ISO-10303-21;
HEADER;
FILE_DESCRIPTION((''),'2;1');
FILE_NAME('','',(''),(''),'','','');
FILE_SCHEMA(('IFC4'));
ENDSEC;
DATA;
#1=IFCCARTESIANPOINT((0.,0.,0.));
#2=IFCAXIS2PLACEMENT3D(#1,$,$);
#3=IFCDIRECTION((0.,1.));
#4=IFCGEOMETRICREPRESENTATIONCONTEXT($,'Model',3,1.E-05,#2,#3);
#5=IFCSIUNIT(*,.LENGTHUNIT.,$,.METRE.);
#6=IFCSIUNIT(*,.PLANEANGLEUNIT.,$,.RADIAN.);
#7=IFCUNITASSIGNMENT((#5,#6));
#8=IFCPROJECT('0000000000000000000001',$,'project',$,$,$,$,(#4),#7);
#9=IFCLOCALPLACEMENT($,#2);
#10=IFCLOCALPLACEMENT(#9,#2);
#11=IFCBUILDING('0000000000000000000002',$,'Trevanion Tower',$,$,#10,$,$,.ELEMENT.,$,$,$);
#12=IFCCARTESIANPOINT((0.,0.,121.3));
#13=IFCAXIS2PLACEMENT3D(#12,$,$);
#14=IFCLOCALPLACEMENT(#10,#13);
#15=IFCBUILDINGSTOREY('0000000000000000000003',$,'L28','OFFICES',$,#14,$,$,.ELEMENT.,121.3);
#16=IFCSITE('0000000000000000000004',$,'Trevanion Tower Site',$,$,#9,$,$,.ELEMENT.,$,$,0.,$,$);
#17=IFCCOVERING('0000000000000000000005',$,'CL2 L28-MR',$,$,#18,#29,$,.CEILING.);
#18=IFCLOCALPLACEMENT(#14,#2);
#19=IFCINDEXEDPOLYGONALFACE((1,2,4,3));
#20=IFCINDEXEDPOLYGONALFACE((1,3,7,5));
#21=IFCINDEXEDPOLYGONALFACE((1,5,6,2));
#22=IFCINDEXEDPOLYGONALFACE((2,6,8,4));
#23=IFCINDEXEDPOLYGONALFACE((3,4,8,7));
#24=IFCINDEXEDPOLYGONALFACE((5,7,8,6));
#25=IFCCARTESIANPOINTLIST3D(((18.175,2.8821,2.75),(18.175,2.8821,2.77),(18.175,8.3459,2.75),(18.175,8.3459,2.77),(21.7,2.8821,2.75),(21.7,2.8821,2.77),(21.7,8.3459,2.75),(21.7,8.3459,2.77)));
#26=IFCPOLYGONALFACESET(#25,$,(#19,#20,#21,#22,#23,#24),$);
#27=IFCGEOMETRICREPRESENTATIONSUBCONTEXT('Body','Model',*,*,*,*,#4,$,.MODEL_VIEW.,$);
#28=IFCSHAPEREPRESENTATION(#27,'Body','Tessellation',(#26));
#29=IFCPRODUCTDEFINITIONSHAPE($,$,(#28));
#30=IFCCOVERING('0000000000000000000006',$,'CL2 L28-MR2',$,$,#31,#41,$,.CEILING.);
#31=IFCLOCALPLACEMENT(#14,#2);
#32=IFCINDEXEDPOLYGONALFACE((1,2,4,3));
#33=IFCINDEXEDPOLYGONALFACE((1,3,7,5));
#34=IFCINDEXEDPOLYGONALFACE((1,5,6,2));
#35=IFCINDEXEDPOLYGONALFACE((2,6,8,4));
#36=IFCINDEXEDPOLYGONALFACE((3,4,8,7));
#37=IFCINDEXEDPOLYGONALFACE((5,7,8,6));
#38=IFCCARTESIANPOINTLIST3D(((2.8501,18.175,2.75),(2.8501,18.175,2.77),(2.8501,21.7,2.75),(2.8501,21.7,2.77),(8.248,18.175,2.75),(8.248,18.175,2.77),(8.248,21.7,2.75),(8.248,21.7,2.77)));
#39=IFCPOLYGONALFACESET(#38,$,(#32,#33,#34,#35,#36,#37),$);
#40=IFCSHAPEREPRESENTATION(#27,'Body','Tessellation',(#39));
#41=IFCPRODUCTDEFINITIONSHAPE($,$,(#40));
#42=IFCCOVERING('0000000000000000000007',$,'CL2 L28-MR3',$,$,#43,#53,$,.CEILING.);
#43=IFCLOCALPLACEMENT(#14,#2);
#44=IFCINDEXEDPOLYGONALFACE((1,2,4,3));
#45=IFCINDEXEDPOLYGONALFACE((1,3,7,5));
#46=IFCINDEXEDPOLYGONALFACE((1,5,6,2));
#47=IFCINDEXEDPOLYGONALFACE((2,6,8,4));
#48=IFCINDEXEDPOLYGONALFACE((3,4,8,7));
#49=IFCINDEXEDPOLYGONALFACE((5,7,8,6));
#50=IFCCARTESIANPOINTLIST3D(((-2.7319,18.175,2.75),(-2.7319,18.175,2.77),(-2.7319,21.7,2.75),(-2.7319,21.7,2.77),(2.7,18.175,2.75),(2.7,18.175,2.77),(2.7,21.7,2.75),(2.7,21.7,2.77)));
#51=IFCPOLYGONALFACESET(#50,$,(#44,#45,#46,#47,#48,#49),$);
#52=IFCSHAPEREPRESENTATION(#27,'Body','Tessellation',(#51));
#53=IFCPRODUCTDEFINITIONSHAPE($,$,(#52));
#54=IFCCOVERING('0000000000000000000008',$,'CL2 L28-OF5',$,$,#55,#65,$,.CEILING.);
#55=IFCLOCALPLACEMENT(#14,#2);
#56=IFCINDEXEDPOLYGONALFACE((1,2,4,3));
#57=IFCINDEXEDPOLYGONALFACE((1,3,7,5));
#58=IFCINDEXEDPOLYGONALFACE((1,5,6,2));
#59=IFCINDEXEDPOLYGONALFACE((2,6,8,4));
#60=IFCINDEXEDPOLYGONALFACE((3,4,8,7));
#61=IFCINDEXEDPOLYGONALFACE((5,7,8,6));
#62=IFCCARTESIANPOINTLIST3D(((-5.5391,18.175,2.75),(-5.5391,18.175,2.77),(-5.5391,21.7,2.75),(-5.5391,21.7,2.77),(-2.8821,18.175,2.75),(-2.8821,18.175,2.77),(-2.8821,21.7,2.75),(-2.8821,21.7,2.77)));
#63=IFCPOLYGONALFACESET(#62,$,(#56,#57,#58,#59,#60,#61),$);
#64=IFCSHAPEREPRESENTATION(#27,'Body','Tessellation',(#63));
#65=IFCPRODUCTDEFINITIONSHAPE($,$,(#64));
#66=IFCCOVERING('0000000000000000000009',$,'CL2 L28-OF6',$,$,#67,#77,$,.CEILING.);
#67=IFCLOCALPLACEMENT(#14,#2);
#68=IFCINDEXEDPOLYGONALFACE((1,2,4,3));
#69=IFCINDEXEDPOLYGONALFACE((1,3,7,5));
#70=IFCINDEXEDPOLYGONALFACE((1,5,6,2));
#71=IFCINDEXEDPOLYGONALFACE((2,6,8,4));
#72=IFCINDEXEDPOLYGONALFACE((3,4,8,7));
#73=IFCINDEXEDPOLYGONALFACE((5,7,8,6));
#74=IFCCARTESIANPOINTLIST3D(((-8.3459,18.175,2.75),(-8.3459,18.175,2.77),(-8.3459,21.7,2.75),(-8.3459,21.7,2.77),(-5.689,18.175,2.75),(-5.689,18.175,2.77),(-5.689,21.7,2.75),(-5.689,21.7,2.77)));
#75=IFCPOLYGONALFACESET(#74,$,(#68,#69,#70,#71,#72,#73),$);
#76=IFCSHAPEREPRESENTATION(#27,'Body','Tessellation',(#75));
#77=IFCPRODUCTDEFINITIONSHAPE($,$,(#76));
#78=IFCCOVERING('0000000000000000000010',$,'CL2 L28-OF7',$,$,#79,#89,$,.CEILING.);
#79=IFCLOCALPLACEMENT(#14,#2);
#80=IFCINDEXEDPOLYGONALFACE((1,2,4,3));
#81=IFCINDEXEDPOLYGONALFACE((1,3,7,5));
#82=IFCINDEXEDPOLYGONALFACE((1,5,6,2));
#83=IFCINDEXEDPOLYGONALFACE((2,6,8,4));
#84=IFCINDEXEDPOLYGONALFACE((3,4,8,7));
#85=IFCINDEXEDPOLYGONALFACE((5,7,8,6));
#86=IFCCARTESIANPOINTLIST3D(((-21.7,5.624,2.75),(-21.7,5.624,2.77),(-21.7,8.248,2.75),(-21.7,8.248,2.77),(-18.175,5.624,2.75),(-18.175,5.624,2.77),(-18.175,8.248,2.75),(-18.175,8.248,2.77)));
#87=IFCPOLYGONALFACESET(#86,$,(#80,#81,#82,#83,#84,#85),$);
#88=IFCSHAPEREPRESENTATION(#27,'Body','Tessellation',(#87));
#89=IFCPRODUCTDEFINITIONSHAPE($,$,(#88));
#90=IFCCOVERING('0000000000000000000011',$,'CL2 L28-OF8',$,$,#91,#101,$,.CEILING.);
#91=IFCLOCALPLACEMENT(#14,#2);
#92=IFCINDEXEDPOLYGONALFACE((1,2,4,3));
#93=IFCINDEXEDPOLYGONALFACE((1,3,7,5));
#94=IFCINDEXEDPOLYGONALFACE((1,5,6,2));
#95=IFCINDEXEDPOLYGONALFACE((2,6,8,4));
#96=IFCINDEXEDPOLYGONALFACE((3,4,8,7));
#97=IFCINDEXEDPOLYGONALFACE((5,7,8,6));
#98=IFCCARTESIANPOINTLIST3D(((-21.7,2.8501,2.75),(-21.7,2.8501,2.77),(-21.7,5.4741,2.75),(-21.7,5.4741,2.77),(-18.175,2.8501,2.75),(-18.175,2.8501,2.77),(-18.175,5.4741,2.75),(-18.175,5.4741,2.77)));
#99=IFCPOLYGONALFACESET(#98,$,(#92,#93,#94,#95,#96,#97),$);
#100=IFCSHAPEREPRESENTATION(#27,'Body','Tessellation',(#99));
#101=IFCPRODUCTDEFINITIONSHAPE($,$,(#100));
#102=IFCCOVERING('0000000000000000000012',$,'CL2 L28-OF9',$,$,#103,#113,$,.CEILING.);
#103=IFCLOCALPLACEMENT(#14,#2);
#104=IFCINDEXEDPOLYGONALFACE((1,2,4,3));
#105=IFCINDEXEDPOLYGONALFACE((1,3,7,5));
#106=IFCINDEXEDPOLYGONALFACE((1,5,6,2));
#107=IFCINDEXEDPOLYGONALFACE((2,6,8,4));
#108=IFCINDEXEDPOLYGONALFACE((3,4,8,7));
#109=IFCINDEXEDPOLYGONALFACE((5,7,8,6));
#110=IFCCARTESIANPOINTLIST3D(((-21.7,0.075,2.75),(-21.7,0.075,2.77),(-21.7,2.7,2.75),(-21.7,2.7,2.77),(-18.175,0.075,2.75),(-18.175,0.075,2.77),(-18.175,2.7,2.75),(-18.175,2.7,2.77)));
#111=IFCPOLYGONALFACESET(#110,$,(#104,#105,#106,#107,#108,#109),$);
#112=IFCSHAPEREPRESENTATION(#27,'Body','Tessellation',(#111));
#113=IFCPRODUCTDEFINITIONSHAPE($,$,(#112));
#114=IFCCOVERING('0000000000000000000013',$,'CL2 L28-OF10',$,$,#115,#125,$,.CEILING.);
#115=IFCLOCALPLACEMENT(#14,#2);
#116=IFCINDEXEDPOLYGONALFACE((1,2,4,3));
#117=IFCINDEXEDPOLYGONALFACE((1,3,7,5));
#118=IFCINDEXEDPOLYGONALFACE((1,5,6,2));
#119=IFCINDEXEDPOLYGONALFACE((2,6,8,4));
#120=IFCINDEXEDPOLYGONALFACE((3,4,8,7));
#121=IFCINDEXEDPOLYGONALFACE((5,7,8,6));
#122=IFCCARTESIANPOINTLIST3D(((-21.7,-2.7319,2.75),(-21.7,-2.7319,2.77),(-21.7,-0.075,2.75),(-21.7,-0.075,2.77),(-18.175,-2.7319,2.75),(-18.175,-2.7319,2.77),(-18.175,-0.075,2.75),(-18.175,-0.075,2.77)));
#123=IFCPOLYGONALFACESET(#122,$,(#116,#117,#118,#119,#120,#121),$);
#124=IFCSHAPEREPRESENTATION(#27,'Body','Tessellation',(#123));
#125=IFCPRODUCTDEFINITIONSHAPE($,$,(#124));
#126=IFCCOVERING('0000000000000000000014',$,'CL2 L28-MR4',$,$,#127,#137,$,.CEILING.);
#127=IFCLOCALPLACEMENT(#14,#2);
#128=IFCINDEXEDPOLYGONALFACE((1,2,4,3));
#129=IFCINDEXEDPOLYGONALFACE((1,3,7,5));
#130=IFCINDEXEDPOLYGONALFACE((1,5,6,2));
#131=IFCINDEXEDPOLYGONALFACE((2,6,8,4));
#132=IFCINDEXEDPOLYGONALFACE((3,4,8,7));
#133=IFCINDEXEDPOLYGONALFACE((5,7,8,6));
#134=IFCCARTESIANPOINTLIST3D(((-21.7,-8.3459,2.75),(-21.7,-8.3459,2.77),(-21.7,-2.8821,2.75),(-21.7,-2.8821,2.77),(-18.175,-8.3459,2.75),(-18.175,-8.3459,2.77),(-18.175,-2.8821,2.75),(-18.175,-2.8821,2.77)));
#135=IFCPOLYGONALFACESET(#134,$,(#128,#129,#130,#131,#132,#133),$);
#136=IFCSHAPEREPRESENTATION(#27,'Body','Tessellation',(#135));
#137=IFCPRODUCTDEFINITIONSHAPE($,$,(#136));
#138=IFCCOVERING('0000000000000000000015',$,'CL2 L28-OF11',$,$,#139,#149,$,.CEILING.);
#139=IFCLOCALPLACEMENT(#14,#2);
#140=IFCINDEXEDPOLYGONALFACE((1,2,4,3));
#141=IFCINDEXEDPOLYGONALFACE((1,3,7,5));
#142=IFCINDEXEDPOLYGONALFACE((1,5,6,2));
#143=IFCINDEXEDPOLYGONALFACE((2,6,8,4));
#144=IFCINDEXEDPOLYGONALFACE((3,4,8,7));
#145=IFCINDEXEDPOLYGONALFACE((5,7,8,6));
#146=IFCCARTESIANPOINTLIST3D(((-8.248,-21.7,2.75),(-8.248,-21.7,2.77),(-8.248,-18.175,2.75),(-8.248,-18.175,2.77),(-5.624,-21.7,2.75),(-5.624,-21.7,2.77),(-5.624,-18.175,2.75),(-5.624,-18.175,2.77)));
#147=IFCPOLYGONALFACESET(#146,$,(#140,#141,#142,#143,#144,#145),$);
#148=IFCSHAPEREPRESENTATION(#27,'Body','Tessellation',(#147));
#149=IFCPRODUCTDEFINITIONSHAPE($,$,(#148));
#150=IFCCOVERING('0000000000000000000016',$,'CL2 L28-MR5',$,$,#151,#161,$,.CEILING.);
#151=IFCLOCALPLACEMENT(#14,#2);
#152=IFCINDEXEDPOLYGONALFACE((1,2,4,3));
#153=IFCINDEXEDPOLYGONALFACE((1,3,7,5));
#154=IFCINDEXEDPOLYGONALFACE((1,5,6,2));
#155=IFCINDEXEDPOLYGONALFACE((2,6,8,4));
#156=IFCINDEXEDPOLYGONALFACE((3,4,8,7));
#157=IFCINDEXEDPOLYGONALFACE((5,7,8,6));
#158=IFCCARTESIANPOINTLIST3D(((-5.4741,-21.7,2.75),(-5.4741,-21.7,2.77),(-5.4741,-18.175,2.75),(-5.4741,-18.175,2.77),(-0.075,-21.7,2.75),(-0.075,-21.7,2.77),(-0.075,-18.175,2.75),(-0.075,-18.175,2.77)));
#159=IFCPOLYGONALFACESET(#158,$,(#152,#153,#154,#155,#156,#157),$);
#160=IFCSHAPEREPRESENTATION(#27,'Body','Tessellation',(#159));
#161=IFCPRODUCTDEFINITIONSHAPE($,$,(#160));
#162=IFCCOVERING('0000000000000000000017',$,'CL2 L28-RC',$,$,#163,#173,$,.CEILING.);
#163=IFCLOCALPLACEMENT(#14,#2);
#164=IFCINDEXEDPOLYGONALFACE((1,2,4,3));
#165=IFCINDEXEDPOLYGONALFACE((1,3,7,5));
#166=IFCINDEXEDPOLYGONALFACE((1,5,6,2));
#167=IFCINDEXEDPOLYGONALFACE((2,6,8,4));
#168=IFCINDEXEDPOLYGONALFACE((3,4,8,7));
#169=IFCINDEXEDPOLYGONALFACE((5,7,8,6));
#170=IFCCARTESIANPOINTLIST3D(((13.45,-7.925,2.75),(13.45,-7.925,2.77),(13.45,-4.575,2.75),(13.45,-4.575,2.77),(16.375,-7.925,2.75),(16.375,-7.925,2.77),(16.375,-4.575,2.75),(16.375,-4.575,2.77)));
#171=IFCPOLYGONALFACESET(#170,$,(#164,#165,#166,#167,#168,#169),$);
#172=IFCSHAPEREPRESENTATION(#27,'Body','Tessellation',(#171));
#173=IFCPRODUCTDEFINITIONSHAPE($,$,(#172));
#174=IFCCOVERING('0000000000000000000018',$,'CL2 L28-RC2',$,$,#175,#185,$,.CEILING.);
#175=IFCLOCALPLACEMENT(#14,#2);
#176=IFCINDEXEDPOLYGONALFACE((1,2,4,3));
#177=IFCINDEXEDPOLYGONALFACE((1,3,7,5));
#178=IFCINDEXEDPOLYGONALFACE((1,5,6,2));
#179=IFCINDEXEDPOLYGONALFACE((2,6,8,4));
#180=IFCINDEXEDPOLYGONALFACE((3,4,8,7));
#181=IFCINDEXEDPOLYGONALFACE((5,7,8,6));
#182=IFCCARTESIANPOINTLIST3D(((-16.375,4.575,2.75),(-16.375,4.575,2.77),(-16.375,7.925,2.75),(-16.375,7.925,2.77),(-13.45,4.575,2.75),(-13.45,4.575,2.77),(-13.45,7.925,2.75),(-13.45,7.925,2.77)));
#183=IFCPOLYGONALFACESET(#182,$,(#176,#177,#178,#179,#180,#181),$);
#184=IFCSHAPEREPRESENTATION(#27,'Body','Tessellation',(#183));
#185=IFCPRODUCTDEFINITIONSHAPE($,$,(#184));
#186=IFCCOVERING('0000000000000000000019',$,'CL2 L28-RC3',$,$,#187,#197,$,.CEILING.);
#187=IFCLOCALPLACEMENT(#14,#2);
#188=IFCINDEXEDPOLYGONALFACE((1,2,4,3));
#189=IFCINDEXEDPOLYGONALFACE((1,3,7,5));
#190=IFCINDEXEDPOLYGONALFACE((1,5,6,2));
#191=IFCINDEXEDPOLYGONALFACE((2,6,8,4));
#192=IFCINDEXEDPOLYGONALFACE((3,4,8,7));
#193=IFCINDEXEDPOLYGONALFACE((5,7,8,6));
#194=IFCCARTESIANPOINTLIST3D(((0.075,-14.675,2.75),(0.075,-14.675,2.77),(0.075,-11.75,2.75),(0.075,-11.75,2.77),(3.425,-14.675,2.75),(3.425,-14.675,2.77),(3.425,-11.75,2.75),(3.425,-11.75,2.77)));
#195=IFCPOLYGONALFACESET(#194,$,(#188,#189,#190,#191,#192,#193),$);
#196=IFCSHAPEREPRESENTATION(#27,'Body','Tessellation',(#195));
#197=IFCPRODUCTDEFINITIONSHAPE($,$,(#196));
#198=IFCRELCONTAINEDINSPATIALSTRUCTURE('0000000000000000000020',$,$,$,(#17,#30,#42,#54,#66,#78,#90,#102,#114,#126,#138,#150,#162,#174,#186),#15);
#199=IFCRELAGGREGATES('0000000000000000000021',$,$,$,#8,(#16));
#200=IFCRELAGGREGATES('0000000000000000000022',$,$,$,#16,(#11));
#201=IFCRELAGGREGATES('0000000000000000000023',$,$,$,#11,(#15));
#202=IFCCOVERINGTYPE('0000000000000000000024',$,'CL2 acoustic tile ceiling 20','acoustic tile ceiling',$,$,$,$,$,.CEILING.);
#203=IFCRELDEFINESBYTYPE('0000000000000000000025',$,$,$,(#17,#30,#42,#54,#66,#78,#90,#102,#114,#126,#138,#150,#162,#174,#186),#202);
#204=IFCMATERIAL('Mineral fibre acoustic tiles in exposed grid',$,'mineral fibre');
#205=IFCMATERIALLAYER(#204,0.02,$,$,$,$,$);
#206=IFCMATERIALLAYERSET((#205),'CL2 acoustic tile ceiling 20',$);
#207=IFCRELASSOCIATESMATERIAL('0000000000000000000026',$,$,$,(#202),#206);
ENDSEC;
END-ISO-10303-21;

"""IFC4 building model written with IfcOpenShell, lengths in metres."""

from ifc_helpers import new_model, si_unit, direction, frame, origin, place, context, subcontext, project, spatial, polyline, outline, extrude, material, layer, layer_set, type_object, element, save


model = new_model("IFC4")

# Units and contexts
model_context = context("Model", 3, precision=1e-05, world=origin(), true_north=direction((0.0, 1.0)))
body_context = subcontext(model_context, "Body", "Model", "MODEL_VIEW")
ifc_project = project(units=[si_unit("LENGTHUNIT", "METRE"), si_unit("PLANEANGLEUNIT", "RADIAN")], contexts=[model_context])

# Site, building, storey
site_placement = place(None, origin())
site = spatial("IfcSite", under=ifc_project, at=site_placement, Name="Trevanion Tower Site", CompositionType="ELEMENT", RefElevation=0.0)
building_placement = place(site_placement, origin())
building = spatial("IfcBuilding", under=site, at=building_placement, Name="Trevanion Tower", CompositionType="ELEMENT")
storey_placement = place(building_placement, frame((0.0, 0.0, 121.3)))
storey = spatial("IfcBuildingStorey", under=building, at=storey_placement, Name="L28", Description="OFFICES", CompositionType="ELEMENT", Elevation=121.3)

# Coverings
ifc_material_1 = material(Name="Mineral fibre acoustic tiles in exposed grid", Category="mineral fibre")
ifc_layer_1 = layer(ifc_material_1, 0.02)
ifc_layer_set_1 = layer_set([ifc_layer_1], Name="CL2 acoustic tile ceiling 20")
covering_type_1 = type_object("IfcCoveringType", Name="CL2 acoustic tile ceiling 20", Description="acoustic tile ceiling", PredefinedType="CEILING", material=ifc_layer_set_1)
covering_1_placement = place(storey_placement, frame((0.0, 0.0, 2.75)))
element("IfcCovering", 1, at=covering_1_placement, inside=storey, type_object=covering_type_1, Name="CL2 L28-MR", PredefinedType="CEILING", context=body_context, shape_type="SweptSolid", body=[
    extrude(outline(polyline([(18.175, 2.8821), (18.175, 8.3459), (21.7, 8.3459), (21.7, 2.8821), (18.175, 2.8821)])), origin(), (0.0, 0.0, 1.0), 0.02),
])
covering_2_placement = place(storey_placement, frame((0.0, 0.0, 2.75)))
element("IfcCovering", 2, at=covering_2_placement, inside=storey, type_object=covering_type_1, Name="CL2 L28-MR2", PredefinedType="CEILING", context=body_context, shape_type="SweptSolid", body=[
    extrude(outline(polyline([(8.248, 18.175), (2.8501, 18.175), (2.8501, 21.7), (8.248, 21.7), (8.248, 18.175)])), origin(), (0.0, 0.0, 1.0), 0.02),
])
covering_3_placement = place(storey_placement, frame((0.0, 0.0, 2.75)))
element("IfcCovering", 3, at=covering_3_placement, inside=storey, type_object=covering_type_1, Name="CL2 L28-MR3", PredefinedType="CEILING", context=body_context, shape_type="SweptSolid", body=[
    extrude(outline(polyline([(2.7, 18.175), (-2.7319, 18.175), (-2.7319, 21.7), (2.7, 21.7), (2.7, 18.175)])), origin(), (0.0, 0.0, 1.0), 0.02),
])
covering_4_placement = place(storey_placement, frame((0.0, 0.0, 2.75)))
element("IfcCovering", 4, at=covering_4_placement, inside=storey, type_object=covering_type_1, Name="CL2 L28-OF5", PredefinedType="CEILING", context=body_context, shape_type="SweptSolid", body=[
    extrude(outline(polyline([(-2.8821, 18.175), (-5.5391, 18.175), (-5.5391, 21.7), (-2.8821, 21.7), (-2.8821, 18.175)])), origin(), (0.0, 0.0, 1.0), 0.02),
])
covering_5_placement = place(storey_placement, frame((0.0, 0.0, 2.75)))
element("IfcCovering", 5, at=covering_5_placement, inside=storey, type_object=covering_type_1, Name="CL2 L28-OF6", PredefinedType="CEILING", context=body_context, shape_type="SweptSolid", body=[
    extrude(outline(polyline([(-5.689, 18.175), (-8.3459, 18.175), (-8.3459, 21.7), (-5.689, 21.7), (-5.689, 18.175)])), origin(), (0.0, 0.0, 1.0), 0.02),
])
covering_6_placement = place(storey_placement, frame((0.0, 0.0, 2.75)))
element("IfcCovering", 6, at=covering_6_placement, inside=storey, type_object=covering_type_1, Name="CL2 L28-OF7", PredefinedType="CEILING", context=body_context, shape_type="SweptSolid", body=[
    extrude(outline(polyline([(-18.175, 8.248), (-18.175, 5.624), (-21.7, 5.624), (-21.7, 8.248), (-18.175, 8.248)])), origin(), (0.0, 0.0, 1.0), 0.02),
])
covering_7_placement = place(storey_placement, frame((0.0, 0.0, 2.75)))
element("IfcCovering", 7, at=covering_7_placement, inside=storey, type_object=covering_type_1, Name="CL2 L28-OF8", PredefinedType="CEILING", context=body_context, shape_type="SweptSolid", body=[
    extrude(outline(polyline([(-18.175, 5.4741), (-18.175, 2.8501), (-21.7, 2.8501), (-21.7, 5.4741), (-18.175, 5.4741)])), origin(), (0.0, 0.0, 1.0), 0.02),
])
covering_8_placement = place(storey_placement, frame((0.0, 0.0, 2.75)))
element("IfcCovering", 8, at=covering_8_placement, inside=storey, type_object=covering_type_1, Name="CL2 L28-OF9", PredefinedType="CEILING", context=body_context, shape_type="SweptSolid", body=[
    extrude(outline(polyline([(-18.175, 2.7), (-18.175, 0.075), (-21.7, 0.075), (-21.7, 2.7), (-18.175, 2.7)])), origin(), (0.0, 0.0, 1.0), 0.02),
])
covering_9_placement = place(storey_placement, frame((0.0, 0.0, 2.75)))
element("IfcCovering", 9, at=covering_9_placement, inside=storey, type_object=covering_type_1, Name="CL2 L28-OF10", PredefinedType="CEILING", context=body_context, shape_type="SweptSolid", body=[
    extrude(outline(polyline([(-18.175, -0.075), (-18.175, -2.7319), (-21.7, -2.7319), (-21.7, -0.075), (-18.175, -0.075)])), origin(), (0.0, 0.0, 1.0), 0.02),
])
covering_10_placement = place(storey_placement, frame((0.0, 0.0, 2.75)))
element("IfcCovering", 10, at=covering_10_placement, inside=storey, type_object=covering_type_1, Name="CL2 L28-MR4", PredefinedType="CEILING", context=body_context, shape_type="SweptSolid", body=[
    extrude(outline(polyline([(-18.175, -2.8821), (-18.175, -8.3459), (-21.7, -8.3459), (-21.7, -2.8821), (-18.175, -2.8821)])), origin(), (0.0, 0.0, 1.0), 0.02),
])
covering_11_placement = place(storey_placement, frame((0.0, 0.0, 2.75)))
element("IfcCovering", 11, at=covering_11_placement, inside=storey, type_object=covering_type_1, Name="CL2 L28-OF11", PredefinedType="CEILING", context=body_context, shape_type="SweptSolid", body=[
    extrude(outline(polyline([(-8.248, -18.175), (-5.624, -18.175), (-5.624, -21.7), (-8.248, -21.7), (-8.248, -18.175)])), origin(), (0.0, 0.0, 1.0), 0.02),
])
covering_12_placement = place(storey_placement, frame((0.0, 0.0, 2.75)))
element("IfcCovering", 12, at=covering_12_placement, inside=storey, type_object=covering_type_1, Name="CL2 L28-MR5", PredefinedType="CEILING", context=body_context, shape_type="SweptSolid", body=[
    extrude(outline(polyline([(-5.4741, -18.175), (-0.075, -18.175), (-0.075, -21.7), (-5.4741, -21.7), (-5.4741, -18.175)])), origin(), (0.0, 0.0, 1.0), 0.02),
])
covering_13_placement = place(storey_placement, frame((0.0, 0.0, 2.75)))
element("IfcCovering", 13, at=covering_13_placement, inside=storey, type_object=covering_type_1, Name="CL2 L28-RC", PredefinedType="CEILING", context=body_context, shape_type="SweptSolid", body=[
    extrude(outline(polyline([(13.45, -7.925), (13.45, -4.575), (16.375, -4.575), (16.375, -7.925), (13.45, -7.925)])), origin(), (0.0, 0.0, 1.0), 0.02),
])
covering_14_placement = place(storey_placement, frame((0.0, 0.0, 2.75)))
element("IfcCovering", 14, at=covering_14_placement, inside=storey, type_object=covering_type_1, Name="CL2 L28-RC2", PredefinedType="CEILING", context=body_context, shape_type="SweptSolid", body=[
    extrude(outline(polyline([(-13.45, 7.925), (-13.45, 4.575), (-16.375, 4.575), (-16.375, 7.925), (-13.45, 7.925)])), origin(), (0.0, 0.0, 1.0), 0.02),
])
covering_15_placement = place(storey_placement, frame((0.0, 0.0, 2.75)))
element("IfcCovering", 15, at=covering_15_placement, inside=storey, type_object=covering_type_1, Name="CL2 L28-RC3", PredefinedType="CEILING", context=body_context, shape_type="SweptSolid", body=[
    extrude(outline(polyline([(3.425, -14.675), (0.075, -14.675), (0.075, -11.75), (3.425, -11.75), (3.425, -14.675)])), origin(), (0.0, 0.0, 1.0), 0.02),
])

save(model, "model.ifc")
